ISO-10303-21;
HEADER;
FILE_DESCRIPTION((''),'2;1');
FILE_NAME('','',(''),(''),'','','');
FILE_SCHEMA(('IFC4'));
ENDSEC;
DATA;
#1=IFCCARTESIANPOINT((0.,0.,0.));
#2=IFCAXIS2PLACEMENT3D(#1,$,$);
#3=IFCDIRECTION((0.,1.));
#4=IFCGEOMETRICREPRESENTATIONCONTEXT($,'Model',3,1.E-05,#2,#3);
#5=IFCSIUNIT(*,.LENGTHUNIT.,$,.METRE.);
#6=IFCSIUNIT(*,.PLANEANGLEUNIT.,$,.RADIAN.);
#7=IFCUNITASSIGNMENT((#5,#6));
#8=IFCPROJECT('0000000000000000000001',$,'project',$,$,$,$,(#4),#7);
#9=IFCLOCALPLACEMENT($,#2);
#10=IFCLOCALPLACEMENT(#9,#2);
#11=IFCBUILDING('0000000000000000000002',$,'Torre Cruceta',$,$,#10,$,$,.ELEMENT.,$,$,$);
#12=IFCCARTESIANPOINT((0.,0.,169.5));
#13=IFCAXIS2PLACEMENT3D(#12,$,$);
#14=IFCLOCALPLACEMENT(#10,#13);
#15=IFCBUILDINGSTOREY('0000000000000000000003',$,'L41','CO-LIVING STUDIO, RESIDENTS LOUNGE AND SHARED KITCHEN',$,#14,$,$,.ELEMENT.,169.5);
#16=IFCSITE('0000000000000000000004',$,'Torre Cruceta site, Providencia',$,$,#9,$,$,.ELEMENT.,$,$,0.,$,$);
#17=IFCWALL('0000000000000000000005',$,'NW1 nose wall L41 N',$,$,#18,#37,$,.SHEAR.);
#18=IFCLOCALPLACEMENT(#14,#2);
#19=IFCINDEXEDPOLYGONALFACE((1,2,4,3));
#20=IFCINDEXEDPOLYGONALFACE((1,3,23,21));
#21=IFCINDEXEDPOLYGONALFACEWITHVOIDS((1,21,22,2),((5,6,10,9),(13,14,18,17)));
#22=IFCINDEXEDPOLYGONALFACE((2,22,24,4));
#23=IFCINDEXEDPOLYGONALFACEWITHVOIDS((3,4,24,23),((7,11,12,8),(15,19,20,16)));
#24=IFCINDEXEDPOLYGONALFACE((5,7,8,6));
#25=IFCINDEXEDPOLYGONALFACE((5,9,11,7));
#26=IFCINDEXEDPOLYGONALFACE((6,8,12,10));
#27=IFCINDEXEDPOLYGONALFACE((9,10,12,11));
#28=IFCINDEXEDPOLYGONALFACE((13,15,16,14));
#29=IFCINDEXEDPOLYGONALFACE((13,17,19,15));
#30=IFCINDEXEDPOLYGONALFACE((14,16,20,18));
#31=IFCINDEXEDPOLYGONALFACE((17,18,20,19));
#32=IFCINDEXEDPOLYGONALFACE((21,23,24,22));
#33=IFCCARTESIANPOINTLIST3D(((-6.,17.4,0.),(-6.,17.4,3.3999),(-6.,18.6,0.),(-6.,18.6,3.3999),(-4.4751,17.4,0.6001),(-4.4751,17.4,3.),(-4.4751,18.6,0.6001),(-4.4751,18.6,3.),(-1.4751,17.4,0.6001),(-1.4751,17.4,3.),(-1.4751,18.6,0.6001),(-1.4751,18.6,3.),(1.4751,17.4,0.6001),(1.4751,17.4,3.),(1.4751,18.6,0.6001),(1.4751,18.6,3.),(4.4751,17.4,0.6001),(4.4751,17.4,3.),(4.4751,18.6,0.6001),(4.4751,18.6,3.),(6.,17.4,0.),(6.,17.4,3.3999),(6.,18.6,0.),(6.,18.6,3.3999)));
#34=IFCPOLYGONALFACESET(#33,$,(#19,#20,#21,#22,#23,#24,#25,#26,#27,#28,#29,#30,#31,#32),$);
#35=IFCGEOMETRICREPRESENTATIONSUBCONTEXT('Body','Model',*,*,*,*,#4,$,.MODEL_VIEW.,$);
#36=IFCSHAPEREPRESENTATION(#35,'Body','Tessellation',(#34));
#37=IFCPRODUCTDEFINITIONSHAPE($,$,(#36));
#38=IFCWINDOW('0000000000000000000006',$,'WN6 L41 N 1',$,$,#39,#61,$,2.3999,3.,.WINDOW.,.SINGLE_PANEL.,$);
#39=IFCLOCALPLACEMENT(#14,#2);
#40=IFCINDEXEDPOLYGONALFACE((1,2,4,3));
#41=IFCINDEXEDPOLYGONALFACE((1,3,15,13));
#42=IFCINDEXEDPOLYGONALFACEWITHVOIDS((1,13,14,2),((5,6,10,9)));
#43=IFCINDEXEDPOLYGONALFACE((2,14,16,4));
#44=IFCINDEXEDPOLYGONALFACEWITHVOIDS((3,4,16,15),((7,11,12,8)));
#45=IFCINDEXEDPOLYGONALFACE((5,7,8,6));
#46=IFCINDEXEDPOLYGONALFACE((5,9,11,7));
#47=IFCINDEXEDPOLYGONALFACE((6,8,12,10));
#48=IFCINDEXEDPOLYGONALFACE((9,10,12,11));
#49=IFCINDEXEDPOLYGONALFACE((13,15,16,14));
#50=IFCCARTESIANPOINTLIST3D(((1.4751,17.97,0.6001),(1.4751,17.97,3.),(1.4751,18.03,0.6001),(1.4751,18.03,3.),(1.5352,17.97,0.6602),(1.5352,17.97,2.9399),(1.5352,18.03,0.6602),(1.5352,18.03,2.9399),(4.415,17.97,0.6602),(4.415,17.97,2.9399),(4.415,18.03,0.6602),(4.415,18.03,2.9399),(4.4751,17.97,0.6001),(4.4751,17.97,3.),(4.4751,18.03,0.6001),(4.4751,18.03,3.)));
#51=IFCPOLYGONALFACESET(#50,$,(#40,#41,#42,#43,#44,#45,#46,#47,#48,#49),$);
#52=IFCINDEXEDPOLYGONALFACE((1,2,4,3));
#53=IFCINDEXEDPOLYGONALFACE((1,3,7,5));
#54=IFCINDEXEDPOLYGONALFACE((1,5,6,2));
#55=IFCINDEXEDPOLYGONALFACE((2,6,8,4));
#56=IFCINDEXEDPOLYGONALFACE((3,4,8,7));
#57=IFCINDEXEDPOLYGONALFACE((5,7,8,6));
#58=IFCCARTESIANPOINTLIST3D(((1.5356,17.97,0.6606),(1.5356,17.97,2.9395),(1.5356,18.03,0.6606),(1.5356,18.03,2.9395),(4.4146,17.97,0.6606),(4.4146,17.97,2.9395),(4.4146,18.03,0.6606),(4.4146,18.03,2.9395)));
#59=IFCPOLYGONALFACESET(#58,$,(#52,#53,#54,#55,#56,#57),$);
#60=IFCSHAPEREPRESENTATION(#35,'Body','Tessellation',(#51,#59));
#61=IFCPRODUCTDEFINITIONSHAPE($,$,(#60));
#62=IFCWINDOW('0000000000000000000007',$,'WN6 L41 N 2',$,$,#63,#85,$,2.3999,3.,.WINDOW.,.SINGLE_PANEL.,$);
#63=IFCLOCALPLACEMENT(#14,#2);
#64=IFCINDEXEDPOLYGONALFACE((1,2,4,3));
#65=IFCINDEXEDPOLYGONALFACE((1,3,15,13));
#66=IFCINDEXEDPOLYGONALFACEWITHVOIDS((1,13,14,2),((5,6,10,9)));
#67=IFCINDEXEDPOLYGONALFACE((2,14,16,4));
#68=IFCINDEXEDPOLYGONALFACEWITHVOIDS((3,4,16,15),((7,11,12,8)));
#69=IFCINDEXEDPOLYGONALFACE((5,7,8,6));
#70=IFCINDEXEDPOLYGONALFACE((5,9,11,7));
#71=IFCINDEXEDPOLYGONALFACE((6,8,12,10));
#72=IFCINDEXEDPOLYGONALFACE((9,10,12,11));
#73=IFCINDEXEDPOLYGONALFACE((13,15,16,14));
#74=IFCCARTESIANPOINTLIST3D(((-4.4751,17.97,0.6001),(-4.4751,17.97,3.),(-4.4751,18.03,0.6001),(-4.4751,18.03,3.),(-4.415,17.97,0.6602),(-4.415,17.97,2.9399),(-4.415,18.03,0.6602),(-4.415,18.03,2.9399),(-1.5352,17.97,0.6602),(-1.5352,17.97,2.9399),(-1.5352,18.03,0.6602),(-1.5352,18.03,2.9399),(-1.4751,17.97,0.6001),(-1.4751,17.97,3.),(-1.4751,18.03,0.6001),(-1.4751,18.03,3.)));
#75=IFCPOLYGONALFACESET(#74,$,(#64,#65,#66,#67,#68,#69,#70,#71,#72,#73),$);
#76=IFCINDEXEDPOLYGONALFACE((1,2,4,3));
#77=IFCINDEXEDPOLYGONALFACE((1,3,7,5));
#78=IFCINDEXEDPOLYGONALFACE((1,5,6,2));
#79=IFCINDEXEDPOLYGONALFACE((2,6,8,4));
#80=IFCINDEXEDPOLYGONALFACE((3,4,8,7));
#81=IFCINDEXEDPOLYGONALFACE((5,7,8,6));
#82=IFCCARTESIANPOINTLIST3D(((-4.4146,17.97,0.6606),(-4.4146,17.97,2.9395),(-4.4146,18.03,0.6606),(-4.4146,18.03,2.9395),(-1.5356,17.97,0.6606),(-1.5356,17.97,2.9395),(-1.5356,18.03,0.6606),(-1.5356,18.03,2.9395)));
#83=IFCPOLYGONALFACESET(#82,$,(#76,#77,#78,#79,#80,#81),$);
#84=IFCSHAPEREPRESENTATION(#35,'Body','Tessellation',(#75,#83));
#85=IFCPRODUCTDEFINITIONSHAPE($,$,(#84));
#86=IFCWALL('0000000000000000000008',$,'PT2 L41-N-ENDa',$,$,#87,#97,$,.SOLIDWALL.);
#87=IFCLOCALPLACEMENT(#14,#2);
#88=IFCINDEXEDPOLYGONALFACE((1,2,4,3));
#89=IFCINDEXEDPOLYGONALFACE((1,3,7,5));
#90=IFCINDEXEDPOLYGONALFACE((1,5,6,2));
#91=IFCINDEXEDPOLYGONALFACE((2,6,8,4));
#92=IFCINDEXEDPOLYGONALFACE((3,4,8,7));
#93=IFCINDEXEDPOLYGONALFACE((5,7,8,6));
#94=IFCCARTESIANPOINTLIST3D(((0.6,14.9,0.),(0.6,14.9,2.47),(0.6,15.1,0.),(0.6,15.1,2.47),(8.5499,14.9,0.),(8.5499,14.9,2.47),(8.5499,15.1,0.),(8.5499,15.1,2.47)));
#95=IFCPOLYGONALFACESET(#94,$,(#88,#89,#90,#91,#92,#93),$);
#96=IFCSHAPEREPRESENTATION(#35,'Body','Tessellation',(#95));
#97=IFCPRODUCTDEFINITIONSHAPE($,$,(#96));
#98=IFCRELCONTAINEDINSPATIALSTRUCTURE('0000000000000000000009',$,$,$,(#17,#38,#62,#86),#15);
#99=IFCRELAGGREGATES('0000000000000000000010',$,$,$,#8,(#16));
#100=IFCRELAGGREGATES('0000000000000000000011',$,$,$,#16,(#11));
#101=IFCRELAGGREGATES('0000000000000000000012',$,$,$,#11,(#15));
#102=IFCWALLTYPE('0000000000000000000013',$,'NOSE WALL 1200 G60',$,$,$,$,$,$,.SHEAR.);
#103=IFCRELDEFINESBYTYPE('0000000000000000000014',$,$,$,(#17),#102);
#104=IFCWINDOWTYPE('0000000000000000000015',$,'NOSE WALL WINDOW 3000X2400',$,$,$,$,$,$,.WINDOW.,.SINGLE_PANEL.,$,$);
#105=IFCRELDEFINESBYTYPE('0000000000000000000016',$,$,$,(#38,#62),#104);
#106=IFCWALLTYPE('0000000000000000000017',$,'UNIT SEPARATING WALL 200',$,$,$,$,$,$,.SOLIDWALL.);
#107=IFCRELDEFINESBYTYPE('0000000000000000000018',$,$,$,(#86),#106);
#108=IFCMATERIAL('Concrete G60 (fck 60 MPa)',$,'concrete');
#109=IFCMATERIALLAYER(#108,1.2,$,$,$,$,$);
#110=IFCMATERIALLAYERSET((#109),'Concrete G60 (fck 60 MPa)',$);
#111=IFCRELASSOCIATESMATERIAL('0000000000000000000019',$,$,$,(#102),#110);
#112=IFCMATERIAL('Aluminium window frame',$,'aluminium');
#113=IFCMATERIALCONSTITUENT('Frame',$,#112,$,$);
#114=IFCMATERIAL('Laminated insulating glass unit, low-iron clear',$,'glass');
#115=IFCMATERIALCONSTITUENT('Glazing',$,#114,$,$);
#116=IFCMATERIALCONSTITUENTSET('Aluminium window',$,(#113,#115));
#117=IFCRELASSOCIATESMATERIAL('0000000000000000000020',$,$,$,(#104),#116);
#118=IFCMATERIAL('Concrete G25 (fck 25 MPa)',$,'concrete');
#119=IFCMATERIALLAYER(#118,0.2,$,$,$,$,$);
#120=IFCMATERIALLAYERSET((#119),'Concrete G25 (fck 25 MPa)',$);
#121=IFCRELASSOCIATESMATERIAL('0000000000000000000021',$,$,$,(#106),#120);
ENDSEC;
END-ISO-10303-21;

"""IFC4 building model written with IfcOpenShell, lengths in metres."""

from ifc_helpers import new_model, si_unit, direction, frame, frame_2d, origin, place, context, subcontext, project, spatial, rectangle, hollow_rectangle, extrude, material, layer, layer_set, constituent, constituent_set, type_object, element, fill, save


model = new_model("IFC4")

# Units and contexts
model_context = context("Model", 3, precision=1e-05, world=origin(), true_north=direction((0.0, 1.0)))
body_context = subcontext(model_context, "Body", "Model", "MODEL_VIEW")
ifc_project = project(units=[si_unit("LENGTHUNIT", "METRE"), si_unit("PLANEANGLEUNIT", "RADIAN")], contexts=[model_context])

# Site, building, storey
site_placement = place(None, origin())
site = spatial("IfcSite", under=ifc_project, at=site_placement, Name="Torre Cruceta site, Providencia", CompositionType="ELEMENT", RefElevation=0.0)
building_placement = place(site_placement, origin())
building = spatial("IfcBuilding", under=site, at=building_placement, Name="Torre Cruceta", CompositionType="ELEMENT")
storey_placement = place(building_placement, frame((0.0, 0.0, 169.5)))
storey = spatial("IfcBuildingStorey", under=building, at=storey_placement, Name="L41", Description="CO-LIVING STUDIO, RESIDENTS LOUNGE AND SHARED KITCHEN", CompositionType="ELEMENT", Elevation=169.5)

# Wall, openings, windows
ifc_material_1 = material(Name="Concrete G60 (fck 60 MPa)", Category="concrete")
ifc_layer_1 = layer(ifc_material_1, 1.2)
ifc_layer_set_1 = layer_set([ifc_layer_1], Name="Concrete G60 (fck 60 MPa)")
wall_type_1 = type_object("IfcWallType", Name="NOSE WALL 1200 G60", PredefinedType="SHEAR", material=ifc_layer_set_1)
wall_1_placement = place(storey_placement, frame((6.0, 18.0, 0.0), z_axis=(0.0, 0.0, 1.0), x_axis=(-1.0, 0.0, 0.0)))
wall_1 = element("IfcWall", 1, at=wall_1_placement, inside=storey, type_object=wall_type_1, Name="NW1 nose wall L41 N", PredefinedType="SHEAR", context=body_context, shape_type="SweptSolid", body=[
    extrude(rectangle(XDim=12.0, YDim=1.2, at=frame_2d((6.0, 0.0))), origin(), (0.0, 0.0, 1.0), 3.3999),
])
opening_1_placement = place(wall_1_placement, frame((1.5249, 0.0, 0.6001)))
opening_1 = element("IfcOpeningElement", 2, at=opening_1_placement, cuts=wall_1, PredefinedType="OPENING", context=body_context, shape_type="SweptSolid", body=[
    extrude(rectangle(XDim=3.0, YDim=2.3999, at=frame_2d((1.5, 1.2))), frame((0.0, 0.6099, 0.0), z_axis=(0.0, -1.0, 0.0), x_axis=(1.0, 0.0, 0.0)), (0.0, 0.0, 1.0), 1.22),
])
opening_2_placement = place(wall_1_placement, frame((7.4751, 0.0, 0.6001)))
opening_2 = element("IfcOpeningElement", 3, at=opening_2_placement, cuts=wall_1, PredefinedType="OPENING", context=body_context, shape_type="SweptSolid", body=[
    extrude(rectangle(XDim=3.0, YDim=2.3999, at=frame_2d((1.5, 1.2))), frame((0.0, 0.6099, 0.0), z_axis=(0.0, -1.0, 0.0), x_axis=(1.0, 0.0, 0.0)), (0.0, 0.0, 1.0), 1.22),
])
ifc_material_2 = material(Name="Aluminium window frame", Category="aluminium")
ifc_constituent_1 = constituent(ifc_material_2, Name="Frame")
ifc_material_3 = material(Name="Laminated insulating glass unit, low-iron clear", Category="glass")
ifc_constituent_2 = constituent(ifc_material_3, Name="Glazing")
ifc_constituent_set = constituent_set(constituents=[ifc_constituent_1, ifc_constituent_2], Name="Aluminium window")
window_type = type_object("IfcWindowType", Name="NOSE WALL WINDOW 3000X2400", PartitioningType="SINGLE_PANEL", PredefinedType="WINDOW", material=ifc_constituent_set)
window_1_placement = place(opening_1_placement, origin())
window_1 = element("IfcWindow", 4, at=window_1_placement, inside=storey, type_object=window_type, Name="WN6 L41 N 1", OverallHeight=2.3999, OverallWidth=3.0, PartitioningType="SINGLE_PANEL", PredefinedType="WINDOW", context=body_context, shape_type="SweptSolid", body=[
    extrude(hollow_rectangle(XDim=3.0, YDim=2.3999, WallThickness=0.0601, at=frame_2d((1.5, 1.2))), frame((0.0, 0.03, 0.0), z_axis=(0.0, -1.0, 0.0), x_axis=(1.0, 0.0, 0.0)), (0.0, 0.0, 1.0), 0.0601),
    extrude(rectangle(XDim=2.8789, YDim=2.2788, at=frame_2d((1.5, 1.2))), frame((0.0, 0.03, 0.0), z_axis=(0.0, -1.0, 0.0), x_axis=(1.0, 0.0, 0.0)), (0.0, 0.0, 1.0), 0.0601),
])
fill(opening_1, window_1)
window_2_placement = place(opening_2_placement, origin())
window_2 = element("IfcWindow", 5, at=window_2_placement, inside=storey, type_object=window_type, Name="WN6 L41 N 2", OverallHeight=2.3999, OverallWidth=3.0, PartitioningType="SINGLE_PANEL", PredefinedType="WINDOW", context=body_context, shape_type="SweptSolid", body=[
    extrude(hollow_rectangle(XDim=3.0, YDim=2.3999, WallThickness=0.0601, at=frame_2d((1.5, 1.2))), frame((0.0, 0.03, 0.0), z_axis=(0.0, -1.0, 0.0), x_axis=(1.0, 0.0, 0.0)), (0.0, 0.0, 1.0), 0.0601),
    extrude(rectangle(XDim=2.8789, YDim=2.2788, at=frame_2d((1.5, 1.2))), frame((0.0, 0.03, 0.0), z_axis=(0.0, -1.0, 0.0), x_axis=(1.0, 0.0, 0.0)), (0.0, 0.0, 1.0), 0.0601),
])
fill(opening_2, window_2)

# Wall
ifc_material_4 = material(Name="Concrete G25 (fck 25 MPa)", Category="concrete")
ifc_layer_2 = layer(ifc_material_4, 0.2)
ifc_layer_set_2 = layer_set([ifc_layer_2], Name="Concrete G25 (fck 25 MPa)")
wall_type_2 = type_object("IfcWallType", Name="UNIT SEPARATING WALL 200", PredefinedType="SOLIDWALL", material=ifc_layer_set_2)
wall_2_placement = place(storey_placement, frame((8.55, 15.0, 0.0), z_axis=(0.0, 0.0, 1.0), x_axis=(-1.0, 0.0, 0.0)))
element("IfcWall", 6, at=wall_2_placement, inside=storey, type_object=wall_type_2, Name="PT2 L41-N-ENDa", PredefinedType="SOLIDWALL", context=body_context, shape_type="SweptSolid", body=[
    extrude(rectangle(XDim=7.95, YDim=0.2, at=frame_2d((3.9751, 0.0))), origin(), (0.0, 0.0, 1.0), 2.47),
])

save(model, "model.ifc")
